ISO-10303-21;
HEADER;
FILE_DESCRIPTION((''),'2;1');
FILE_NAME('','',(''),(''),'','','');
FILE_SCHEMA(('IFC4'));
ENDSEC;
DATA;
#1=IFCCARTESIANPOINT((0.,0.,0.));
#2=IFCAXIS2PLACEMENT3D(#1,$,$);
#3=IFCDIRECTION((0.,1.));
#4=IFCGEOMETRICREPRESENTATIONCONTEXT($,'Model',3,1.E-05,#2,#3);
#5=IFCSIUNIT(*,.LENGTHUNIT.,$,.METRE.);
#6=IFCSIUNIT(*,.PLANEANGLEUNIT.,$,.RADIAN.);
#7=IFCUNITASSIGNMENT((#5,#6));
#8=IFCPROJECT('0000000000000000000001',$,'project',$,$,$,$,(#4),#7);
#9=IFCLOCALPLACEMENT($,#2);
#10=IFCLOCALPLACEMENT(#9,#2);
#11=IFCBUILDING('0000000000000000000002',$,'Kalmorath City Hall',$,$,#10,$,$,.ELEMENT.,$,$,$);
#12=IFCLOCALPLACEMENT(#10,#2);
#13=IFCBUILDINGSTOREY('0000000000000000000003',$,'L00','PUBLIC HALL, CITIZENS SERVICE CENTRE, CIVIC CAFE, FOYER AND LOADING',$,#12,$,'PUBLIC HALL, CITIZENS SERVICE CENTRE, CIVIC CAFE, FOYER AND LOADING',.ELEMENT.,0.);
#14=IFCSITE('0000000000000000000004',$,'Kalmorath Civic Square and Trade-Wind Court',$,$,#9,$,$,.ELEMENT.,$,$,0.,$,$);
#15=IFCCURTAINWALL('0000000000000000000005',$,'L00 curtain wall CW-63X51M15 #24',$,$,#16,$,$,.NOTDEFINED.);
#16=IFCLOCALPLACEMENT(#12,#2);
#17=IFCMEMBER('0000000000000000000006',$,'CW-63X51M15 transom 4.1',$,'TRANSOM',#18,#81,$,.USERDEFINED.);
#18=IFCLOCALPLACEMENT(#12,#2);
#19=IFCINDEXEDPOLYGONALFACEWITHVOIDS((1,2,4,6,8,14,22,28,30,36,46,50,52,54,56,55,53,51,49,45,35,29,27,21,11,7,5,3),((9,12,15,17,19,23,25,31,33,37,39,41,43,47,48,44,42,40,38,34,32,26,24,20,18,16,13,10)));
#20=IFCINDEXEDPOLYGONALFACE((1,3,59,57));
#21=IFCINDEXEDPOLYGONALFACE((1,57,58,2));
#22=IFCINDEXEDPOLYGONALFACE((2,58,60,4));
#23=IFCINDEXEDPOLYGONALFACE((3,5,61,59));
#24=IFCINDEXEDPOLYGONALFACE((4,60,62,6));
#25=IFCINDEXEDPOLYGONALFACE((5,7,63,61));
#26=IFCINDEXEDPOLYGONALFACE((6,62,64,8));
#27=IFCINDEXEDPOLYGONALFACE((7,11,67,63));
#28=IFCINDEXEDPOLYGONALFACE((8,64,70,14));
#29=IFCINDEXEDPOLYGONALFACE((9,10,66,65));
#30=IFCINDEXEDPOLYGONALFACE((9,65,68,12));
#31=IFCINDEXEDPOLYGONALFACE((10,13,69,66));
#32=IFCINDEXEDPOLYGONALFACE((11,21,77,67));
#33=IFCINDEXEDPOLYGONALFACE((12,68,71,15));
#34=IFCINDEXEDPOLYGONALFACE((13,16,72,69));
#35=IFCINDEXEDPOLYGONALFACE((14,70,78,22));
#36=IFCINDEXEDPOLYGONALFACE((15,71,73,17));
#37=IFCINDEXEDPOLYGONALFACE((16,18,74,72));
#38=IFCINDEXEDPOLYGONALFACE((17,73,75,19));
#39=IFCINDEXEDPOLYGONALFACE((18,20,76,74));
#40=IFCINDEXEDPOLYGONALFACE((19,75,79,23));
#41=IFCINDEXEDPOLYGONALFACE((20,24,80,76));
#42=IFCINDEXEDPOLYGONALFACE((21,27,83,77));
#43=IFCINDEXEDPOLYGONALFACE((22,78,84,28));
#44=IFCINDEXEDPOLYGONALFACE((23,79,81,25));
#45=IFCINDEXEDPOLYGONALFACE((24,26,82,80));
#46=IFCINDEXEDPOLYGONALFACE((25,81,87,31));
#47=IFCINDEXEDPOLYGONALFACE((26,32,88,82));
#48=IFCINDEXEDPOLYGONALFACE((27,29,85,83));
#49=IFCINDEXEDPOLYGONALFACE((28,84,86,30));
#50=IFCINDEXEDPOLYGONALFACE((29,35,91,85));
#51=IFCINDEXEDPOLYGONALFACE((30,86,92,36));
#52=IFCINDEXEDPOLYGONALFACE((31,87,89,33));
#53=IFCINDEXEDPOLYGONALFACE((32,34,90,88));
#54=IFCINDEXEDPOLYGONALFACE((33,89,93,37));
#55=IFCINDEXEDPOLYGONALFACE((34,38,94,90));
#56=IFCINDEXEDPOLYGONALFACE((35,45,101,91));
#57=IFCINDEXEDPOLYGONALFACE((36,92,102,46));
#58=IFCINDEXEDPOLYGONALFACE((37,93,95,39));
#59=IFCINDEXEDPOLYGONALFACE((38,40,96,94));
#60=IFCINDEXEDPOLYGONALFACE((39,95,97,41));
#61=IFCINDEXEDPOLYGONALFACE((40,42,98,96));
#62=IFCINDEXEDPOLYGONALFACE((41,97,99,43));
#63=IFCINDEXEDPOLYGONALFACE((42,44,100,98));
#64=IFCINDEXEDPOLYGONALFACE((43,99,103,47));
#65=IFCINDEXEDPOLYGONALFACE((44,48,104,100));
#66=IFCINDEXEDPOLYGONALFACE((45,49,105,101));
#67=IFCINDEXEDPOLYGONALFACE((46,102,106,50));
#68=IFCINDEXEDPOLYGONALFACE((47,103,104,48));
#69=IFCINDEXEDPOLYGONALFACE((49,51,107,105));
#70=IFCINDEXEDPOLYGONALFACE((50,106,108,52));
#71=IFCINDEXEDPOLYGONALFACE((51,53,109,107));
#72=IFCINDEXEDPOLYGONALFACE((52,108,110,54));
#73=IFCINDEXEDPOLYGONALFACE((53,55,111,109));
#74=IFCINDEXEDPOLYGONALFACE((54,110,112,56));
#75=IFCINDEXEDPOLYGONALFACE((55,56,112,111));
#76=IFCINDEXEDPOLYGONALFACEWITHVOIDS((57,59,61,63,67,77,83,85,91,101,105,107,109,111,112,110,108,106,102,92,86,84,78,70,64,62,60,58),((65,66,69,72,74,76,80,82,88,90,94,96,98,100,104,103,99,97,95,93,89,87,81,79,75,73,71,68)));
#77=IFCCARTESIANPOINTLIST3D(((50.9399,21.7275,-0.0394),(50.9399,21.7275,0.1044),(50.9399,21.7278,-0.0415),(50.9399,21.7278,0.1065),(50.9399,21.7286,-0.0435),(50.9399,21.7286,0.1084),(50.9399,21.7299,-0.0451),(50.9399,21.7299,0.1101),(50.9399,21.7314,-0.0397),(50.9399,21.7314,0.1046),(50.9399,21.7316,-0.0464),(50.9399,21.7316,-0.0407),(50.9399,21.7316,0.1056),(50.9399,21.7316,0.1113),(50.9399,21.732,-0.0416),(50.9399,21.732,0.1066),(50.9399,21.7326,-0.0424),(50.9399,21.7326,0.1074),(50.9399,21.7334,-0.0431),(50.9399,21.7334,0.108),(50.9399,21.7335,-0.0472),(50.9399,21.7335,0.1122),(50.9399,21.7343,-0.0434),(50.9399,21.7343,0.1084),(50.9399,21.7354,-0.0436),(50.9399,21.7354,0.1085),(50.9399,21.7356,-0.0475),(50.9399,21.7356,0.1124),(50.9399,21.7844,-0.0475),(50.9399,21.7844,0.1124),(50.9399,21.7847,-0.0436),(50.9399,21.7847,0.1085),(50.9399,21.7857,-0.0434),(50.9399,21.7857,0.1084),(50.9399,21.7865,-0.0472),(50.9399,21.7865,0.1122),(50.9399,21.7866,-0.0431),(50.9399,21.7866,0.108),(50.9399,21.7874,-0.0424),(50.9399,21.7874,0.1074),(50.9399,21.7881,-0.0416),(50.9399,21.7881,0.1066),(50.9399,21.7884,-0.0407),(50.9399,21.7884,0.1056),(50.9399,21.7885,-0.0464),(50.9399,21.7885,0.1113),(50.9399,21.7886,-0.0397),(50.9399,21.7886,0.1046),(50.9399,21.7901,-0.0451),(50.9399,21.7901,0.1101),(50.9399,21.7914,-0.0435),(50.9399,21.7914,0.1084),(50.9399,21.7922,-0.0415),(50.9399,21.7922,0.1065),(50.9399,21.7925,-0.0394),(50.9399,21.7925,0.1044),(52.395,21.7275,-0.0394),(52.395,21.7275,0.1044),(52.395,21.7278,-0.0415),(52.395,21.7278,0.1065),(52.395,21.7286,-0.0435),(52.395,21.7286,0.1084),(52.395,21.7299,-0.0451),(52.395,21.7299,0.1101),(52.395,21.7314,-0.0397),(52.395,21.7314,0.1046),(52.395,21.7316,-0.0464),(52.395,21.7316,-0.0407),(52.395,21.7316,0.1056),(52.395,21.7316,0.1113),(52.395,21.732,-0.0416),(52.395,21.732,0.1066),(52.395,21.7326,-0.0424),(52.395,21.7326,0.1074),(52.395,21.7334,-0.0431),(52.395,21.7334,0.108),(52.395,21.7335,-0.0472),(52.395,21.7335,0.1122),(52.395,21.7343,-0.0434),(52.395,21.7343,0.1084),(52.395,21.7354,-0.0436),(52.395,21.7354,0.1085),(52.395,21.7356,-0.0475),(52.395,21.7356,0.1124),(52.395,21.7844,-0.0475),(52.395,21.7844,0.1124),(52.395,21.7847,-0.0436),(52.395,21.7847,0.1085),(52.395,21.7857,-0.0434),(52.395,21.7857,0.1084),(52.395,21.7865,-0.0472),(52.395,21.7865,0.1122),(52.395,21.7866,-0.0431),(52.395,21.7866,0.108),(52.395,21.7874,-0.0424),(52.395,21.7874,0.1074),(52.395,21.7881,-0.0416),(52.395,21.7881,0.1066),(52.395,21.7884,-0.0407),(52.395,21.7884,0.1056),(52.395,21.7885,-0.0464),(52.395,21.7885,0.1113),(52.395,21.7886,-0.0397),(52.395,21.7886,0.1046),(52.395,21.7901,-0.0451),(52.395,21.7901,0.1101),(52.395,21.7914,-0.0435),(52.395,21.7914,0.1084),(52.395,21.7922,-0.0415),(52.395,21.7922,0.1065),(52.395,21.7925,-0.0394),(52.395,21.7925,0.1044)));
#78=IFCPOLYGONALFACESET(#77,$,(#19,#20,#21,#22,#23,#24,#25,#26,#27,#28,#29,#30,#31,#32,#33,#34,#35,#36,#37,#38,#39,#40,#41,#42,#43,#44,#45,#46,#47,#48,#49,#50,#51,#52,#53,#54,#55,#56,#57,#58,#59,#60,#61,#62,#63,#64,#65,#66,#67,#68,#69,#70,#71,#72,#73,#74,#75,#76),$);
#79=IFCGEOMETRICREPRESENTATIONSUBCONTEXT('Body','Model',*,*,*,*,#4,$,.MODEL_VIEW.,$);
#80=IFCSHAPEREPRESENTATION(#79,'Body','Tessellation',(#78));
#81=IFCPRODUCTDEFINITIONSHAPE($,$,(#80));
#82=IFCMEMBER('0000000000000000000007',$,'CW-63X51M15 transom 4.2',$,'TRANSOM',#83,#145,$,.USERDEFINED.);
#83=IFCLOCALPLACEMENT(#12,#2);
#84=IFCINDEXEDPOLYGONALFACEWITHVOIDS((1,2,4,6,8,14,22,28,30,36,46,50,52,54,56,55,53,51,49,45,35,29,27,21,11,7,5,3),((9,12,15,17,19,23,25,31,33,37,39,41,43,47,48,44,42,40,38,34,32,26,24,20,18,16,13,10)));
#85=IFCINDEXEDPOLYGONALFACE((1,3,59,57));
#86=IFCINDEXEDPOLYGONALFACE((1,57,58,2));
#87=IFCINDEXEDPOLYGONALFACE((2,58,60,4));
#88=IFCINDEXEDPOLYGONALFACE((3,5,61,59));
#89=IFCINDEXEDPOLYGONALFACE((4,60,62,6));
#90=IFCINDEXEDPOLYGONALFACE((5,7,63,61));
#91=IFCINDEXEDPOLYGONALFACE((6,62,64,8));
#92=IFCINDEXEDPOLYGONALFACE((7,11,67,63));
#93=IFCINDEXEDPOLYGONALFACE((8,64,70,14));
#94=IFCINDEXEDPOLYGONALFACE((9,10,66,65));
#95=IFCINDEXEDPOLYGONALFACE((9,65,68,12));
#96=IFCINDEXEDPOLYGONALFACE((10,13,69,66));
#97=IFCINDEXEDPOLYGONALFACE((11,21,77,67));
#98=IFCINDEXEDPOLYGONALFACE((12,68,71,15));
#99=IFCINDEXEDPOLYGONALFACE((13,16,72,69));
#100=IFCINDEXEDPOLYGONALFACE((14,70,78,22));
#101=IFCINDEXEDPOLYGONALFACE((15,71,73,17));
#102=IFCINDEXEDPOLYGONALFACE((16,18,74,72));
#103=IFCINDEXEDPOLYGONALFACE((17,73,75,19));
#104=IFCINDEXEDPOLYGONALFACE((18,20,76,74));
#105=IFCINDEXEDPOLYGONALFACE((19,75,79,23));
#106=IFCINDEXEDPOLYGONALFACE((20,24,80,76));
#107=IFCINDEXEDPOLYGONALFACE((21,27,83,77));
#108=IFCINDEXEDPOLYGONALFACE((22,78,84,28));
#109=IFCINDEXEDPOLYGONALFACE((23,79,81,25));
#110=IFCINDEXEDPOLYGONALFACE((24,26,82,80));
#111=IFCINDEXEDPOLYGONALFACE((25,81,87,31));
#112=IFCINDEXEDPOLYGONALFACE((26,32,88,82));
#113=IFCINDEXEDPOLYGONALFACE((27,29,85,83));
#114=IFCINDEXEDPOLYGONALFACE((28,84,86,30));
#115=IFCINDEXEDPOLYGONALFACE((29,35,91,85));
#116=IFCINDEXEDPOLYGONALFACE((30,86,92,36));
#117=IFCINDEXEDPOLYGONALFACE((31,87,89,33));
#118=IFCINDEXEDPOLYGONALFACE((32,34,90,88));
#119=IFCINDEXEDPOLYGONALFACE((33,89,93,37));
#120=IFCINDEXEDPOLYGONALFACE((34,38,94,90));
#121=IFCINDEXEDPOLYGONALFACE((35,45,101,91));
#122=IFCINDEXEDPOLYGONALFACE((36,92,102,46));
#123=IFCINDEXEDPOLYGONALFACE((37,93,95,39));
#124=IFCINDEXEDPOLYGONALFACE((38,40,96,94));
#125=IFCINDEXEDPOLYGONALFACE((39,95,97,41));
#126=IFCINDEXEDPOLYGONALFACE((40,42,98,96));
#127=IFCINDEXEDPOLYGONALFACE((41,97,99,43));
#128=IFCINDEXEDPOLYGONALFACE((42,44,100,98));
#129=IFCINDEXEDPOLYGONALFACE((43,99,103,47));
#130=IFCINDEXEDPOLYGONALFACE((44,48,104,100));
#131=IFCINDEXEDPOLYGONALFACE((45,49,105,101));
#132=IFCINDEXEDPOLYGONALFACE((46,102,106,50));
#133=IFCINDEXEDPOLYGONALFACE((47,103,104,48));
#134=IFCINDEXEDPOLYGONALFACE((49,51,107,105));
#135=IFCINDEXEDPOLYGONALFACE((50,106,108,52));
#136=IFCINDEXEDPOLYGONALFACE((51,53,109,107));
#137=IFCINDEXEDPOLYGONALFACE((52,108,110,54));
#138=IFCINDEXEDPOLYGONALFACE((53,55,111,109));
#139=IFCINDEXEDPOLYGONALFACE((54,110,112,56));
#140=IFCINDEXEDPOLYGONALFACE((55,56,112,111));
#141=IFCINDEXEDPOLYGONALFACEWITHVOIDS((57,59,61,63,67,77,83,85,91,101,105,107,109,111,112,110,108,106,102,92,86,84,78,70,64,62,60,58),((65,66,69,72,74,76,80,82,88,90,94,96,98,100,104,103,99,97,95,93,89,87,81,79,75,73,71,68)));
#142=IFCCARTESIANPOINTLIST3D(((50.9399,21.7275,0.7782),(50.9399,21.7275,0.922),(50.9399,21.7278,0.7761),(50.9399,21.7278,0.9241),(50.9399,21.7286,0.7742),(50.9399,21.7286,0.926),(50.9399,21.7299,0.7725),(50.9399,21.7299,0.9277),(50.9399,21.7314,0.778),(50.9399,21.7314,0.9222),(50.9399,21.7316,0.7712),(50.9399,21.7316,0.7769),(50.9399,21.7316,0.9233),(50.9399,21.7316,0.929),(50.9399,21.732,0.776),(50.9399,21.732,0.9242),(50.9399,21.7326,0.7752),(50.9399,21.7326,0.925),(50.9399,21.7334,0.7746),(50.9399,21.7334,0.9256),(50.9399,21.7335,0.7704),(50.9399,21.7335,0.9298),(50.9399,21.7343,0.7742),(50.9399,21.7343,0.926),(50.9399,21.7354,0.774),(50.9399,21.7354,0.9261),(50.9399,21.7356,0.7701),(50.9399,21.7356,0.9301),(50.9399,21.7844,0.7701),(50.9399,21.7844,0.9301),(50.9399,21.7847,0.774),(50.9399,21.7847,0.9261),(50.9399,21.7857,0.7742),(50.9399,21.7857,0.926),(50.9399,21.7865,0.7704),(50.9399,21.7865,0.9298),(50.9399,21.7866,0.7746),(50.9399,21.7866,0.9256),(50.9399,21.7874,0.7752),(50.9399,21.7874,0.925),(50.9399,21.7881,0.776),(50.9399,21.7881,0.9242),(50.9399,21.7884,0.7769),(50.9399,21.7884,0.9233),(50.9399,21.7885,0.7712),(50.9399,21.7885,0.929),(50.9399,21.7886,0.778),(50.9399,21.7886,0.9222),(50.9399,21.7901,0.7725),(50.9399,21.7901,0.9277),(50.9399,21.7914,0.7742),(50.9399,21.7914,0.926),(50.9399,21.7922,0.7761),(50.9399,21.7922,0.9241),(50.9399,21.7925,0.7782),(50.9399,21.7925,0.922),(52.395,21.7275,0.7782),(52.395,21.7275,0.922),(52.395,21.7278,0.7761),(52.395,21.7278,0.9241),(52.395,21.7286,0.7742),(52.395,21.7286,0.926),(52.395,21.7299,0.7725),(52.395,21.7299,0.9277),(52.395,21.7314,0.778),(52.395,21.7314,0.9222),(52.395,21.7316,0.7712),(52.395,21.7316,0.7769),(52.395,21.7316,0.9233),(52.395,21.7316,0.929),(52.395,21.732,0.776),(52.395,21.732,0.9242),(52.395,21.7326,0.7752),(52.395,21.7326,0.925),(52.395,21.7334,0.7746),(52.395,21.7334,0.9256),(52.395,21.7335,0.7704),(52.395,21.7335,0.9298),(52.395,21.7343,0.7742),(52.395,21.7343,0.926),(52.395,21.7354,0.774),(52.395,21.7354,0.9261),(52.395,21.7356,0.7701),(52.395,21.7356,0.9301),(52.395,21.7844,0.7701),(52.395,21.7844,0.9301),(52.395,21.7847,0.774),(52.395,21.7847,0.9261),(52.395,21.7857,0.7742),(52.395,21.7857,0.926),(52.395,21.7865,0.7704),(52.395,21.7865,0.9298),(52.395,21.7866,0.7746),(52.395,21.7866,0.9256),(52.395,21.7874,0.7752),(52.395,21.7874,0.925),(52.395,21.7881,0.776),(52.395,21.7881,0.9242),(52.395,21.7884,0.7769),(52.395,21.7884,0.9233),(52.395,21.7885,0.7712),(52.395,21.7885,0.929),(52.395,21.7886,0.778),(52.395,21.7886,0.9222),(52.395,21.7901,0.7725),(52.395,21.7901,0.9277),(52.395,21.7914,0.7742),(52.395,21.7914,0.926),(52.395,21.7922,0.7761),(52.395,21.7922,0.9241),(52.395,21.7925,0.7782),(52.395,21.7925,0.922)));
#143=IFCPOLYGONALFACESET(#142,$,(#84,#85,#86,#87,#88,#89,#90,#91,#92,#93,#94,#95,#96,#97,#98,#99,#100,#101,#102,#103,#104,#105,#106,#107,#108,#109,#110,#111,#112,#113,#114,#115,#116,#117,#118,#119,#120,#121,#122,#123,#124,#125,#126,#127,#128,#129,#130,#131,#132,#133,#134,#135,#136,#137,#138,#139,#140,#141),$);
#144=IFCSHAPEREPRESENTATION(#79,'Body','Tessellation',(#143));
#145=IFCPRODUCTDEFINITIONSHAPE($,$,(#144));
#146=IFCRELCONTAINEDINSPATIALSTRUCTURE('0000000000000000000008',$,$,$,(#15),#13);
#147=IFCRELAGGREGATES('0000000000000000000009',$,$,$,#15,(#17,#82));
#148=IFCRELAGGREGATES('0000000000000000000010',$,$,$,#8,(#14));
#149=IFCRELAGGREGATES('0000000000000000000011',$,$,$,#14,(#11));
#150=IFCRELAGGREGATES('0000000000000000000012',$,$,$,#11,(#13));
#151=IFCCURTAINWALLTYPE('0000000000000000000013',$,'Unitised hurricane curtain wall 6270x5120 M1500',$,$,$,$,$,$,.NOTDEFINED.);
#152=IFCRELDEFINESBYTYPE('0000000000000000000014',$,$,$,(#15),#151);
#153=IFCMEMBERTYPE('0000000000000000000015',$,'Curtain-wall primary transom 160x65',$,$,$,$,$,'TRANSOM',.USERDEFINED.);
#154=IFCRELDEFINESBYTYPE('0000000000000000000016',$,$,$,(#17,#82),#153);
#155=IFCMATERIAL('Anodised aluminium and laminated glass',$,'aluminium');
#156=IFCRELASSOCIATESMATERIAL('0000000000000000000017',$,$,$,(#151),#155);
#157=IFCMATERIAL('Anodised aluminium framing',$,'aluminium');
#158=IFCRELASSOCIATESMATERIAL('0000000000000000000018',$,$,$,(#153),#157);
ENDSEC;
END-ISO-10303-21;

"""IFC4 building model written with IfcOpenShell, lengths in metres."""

from ifc_helpers import new_model, si_unit, direction, frame, origin, origin_2d, place, context, subcontext, project, spatial, hollow_rectangle, extrude, material, material_profile, profile_set, type_object, element, aggregate, save


model = new_model("IFC4")

# Units and contexts
model_context = context("Model", 3, precision=1e-05, world=origin(), true_north=direction((0.0, 1.0)))
body_context = subcontext(model_context, "Body", "Model", "MODEL_VIEW")
ifc_project = project(units=[si_unit("LENGTHUNIT", "METRE"), si_unit("PLANEANGLEUNIT", "RADIAN")], contexts=[model_context])

# Site, building, storey
site_placement = place(None, origin())
site = spatial("IfcSite", under=ifc_project, at=site_placement, Name="Kalmorath Civic Square and Trade-Wind Court", CompositionType="ELEMENT", RefElevation=0.0)
building_placement = place(site_placement, origin())
building = spatial("IfcBuilding", under=site, at=building_placement, Name="Kalmorath City Hall", CompositionType="ELEMENT")
storey_placement = place(building_placement, origin())
storey = spatial("IfcBuildingStorey", under=building, at=storey_placement, Name="L00", Description="PUBLIC HALL, CITIZENS SERVICE CENTRE, CIVIC CAFE, FOYER AND LOADING", LongName="PUBLIC HALL, CITIZENS SERVICE CENTRE, CIVIC CAFE, FOYER AND LOADING", CompositionType="ELEMENT", Elevation=0.0)

# Curtain wall, members
ifc_material_1 = material(Name="Anodised aluminium and laminated glass", Category="aluminium")
curtain_wall_type = type_object("IfcCurtainWallType", Name="Unitised hurricane curtain wall 6270x5120 M1500", PredefinedType="NOTDEFINED", material=ifc_material_1)
curtain_wall_placement = place(storey_placement, origin())
curtain_wall = element("IfcCurtainWall", 1, at=curtain_wall_placement, inside=storey, type_object=curtain_wall_type, Name="L00 curtain wall CW-63X51M15 #24", PredefinedType="NOTDEFINED")
ifc_material_2 = material(Name="Anodised aluminium framing", Category="aluminium")
ifc_material_profile_1 = material_profile(ifc_material_2, hollow_rectangle(XDim=0.0649, YDim=0.1599, WallThickness=0.0039, InnerFilletRadius=0.0039, OuterFilletRadius=0.0081, at=origin_2d()), Name="ALU-TRN-160X65X4")
ifc_profile_set_1 = profile_set([ifc_material_profile_1], Name="Anodised aluminium framing")
member_type_1 = type_object("IfcMemberType", Name="Curtain-wall primary transom 160x65", ElementType="TRANSOM", PredefinedType="USERDEFINED", material=ifc_profile_set_1)
member_1_placement = place(storey_placement, frame((52.395, 21.76, 0.0325), z_axis=(-1.0, 0.0, 0.0), x_axis=(0.0, -1.0, 0.0)))
member_1 = element("IfcMember", 2, at=member_1_placement, type_object=member_type_1, Name="CW-63X51M15 transom 4.1", ObjectType="TRANSOM", PredefinedType="USERDEFINED", context=body_context, shape_type="SweptSolid", body=[
    extrude(hollow_rectangle(XDim=0.0649, YDim=0.1599, WallThickness=0.0039, InnerFilletRadius=0.0039, OuterFilletRadius=0.0081, at=origin_2d()), origin(), (0.0, 0.0, 1.0), 1.4551),
])
member_2_placement = place(storey_placement, frame((52.395, 21.76, 0.8501), z_axis=(-1.0, 0.0, 0.0), x_axis=(0.0, -1.0, 0.0)))
member_2 = element("IfcMember", 3, at=member_2_placement, type_object=member_type_1, Name="CW-63X51M15 transom 4.2", ObjectType="TRANSOM", PredefinedType="USERDEFINED", context=body_context, shape_type="SweptSolid", body=[
    extrude(hollow_rectangle(XDim=0.0649, YDim=0.1599, WallThickness=0.0039, InnerFilletRadius=0.0039, OuterFilletRadius=0.0081, at=origin_2d()), origin(), (0.0, 0.0, 1.0), 1.4551),
])

aggregate(curtain_wall, [member_1, member_2])

save(model, "model.ifc")
